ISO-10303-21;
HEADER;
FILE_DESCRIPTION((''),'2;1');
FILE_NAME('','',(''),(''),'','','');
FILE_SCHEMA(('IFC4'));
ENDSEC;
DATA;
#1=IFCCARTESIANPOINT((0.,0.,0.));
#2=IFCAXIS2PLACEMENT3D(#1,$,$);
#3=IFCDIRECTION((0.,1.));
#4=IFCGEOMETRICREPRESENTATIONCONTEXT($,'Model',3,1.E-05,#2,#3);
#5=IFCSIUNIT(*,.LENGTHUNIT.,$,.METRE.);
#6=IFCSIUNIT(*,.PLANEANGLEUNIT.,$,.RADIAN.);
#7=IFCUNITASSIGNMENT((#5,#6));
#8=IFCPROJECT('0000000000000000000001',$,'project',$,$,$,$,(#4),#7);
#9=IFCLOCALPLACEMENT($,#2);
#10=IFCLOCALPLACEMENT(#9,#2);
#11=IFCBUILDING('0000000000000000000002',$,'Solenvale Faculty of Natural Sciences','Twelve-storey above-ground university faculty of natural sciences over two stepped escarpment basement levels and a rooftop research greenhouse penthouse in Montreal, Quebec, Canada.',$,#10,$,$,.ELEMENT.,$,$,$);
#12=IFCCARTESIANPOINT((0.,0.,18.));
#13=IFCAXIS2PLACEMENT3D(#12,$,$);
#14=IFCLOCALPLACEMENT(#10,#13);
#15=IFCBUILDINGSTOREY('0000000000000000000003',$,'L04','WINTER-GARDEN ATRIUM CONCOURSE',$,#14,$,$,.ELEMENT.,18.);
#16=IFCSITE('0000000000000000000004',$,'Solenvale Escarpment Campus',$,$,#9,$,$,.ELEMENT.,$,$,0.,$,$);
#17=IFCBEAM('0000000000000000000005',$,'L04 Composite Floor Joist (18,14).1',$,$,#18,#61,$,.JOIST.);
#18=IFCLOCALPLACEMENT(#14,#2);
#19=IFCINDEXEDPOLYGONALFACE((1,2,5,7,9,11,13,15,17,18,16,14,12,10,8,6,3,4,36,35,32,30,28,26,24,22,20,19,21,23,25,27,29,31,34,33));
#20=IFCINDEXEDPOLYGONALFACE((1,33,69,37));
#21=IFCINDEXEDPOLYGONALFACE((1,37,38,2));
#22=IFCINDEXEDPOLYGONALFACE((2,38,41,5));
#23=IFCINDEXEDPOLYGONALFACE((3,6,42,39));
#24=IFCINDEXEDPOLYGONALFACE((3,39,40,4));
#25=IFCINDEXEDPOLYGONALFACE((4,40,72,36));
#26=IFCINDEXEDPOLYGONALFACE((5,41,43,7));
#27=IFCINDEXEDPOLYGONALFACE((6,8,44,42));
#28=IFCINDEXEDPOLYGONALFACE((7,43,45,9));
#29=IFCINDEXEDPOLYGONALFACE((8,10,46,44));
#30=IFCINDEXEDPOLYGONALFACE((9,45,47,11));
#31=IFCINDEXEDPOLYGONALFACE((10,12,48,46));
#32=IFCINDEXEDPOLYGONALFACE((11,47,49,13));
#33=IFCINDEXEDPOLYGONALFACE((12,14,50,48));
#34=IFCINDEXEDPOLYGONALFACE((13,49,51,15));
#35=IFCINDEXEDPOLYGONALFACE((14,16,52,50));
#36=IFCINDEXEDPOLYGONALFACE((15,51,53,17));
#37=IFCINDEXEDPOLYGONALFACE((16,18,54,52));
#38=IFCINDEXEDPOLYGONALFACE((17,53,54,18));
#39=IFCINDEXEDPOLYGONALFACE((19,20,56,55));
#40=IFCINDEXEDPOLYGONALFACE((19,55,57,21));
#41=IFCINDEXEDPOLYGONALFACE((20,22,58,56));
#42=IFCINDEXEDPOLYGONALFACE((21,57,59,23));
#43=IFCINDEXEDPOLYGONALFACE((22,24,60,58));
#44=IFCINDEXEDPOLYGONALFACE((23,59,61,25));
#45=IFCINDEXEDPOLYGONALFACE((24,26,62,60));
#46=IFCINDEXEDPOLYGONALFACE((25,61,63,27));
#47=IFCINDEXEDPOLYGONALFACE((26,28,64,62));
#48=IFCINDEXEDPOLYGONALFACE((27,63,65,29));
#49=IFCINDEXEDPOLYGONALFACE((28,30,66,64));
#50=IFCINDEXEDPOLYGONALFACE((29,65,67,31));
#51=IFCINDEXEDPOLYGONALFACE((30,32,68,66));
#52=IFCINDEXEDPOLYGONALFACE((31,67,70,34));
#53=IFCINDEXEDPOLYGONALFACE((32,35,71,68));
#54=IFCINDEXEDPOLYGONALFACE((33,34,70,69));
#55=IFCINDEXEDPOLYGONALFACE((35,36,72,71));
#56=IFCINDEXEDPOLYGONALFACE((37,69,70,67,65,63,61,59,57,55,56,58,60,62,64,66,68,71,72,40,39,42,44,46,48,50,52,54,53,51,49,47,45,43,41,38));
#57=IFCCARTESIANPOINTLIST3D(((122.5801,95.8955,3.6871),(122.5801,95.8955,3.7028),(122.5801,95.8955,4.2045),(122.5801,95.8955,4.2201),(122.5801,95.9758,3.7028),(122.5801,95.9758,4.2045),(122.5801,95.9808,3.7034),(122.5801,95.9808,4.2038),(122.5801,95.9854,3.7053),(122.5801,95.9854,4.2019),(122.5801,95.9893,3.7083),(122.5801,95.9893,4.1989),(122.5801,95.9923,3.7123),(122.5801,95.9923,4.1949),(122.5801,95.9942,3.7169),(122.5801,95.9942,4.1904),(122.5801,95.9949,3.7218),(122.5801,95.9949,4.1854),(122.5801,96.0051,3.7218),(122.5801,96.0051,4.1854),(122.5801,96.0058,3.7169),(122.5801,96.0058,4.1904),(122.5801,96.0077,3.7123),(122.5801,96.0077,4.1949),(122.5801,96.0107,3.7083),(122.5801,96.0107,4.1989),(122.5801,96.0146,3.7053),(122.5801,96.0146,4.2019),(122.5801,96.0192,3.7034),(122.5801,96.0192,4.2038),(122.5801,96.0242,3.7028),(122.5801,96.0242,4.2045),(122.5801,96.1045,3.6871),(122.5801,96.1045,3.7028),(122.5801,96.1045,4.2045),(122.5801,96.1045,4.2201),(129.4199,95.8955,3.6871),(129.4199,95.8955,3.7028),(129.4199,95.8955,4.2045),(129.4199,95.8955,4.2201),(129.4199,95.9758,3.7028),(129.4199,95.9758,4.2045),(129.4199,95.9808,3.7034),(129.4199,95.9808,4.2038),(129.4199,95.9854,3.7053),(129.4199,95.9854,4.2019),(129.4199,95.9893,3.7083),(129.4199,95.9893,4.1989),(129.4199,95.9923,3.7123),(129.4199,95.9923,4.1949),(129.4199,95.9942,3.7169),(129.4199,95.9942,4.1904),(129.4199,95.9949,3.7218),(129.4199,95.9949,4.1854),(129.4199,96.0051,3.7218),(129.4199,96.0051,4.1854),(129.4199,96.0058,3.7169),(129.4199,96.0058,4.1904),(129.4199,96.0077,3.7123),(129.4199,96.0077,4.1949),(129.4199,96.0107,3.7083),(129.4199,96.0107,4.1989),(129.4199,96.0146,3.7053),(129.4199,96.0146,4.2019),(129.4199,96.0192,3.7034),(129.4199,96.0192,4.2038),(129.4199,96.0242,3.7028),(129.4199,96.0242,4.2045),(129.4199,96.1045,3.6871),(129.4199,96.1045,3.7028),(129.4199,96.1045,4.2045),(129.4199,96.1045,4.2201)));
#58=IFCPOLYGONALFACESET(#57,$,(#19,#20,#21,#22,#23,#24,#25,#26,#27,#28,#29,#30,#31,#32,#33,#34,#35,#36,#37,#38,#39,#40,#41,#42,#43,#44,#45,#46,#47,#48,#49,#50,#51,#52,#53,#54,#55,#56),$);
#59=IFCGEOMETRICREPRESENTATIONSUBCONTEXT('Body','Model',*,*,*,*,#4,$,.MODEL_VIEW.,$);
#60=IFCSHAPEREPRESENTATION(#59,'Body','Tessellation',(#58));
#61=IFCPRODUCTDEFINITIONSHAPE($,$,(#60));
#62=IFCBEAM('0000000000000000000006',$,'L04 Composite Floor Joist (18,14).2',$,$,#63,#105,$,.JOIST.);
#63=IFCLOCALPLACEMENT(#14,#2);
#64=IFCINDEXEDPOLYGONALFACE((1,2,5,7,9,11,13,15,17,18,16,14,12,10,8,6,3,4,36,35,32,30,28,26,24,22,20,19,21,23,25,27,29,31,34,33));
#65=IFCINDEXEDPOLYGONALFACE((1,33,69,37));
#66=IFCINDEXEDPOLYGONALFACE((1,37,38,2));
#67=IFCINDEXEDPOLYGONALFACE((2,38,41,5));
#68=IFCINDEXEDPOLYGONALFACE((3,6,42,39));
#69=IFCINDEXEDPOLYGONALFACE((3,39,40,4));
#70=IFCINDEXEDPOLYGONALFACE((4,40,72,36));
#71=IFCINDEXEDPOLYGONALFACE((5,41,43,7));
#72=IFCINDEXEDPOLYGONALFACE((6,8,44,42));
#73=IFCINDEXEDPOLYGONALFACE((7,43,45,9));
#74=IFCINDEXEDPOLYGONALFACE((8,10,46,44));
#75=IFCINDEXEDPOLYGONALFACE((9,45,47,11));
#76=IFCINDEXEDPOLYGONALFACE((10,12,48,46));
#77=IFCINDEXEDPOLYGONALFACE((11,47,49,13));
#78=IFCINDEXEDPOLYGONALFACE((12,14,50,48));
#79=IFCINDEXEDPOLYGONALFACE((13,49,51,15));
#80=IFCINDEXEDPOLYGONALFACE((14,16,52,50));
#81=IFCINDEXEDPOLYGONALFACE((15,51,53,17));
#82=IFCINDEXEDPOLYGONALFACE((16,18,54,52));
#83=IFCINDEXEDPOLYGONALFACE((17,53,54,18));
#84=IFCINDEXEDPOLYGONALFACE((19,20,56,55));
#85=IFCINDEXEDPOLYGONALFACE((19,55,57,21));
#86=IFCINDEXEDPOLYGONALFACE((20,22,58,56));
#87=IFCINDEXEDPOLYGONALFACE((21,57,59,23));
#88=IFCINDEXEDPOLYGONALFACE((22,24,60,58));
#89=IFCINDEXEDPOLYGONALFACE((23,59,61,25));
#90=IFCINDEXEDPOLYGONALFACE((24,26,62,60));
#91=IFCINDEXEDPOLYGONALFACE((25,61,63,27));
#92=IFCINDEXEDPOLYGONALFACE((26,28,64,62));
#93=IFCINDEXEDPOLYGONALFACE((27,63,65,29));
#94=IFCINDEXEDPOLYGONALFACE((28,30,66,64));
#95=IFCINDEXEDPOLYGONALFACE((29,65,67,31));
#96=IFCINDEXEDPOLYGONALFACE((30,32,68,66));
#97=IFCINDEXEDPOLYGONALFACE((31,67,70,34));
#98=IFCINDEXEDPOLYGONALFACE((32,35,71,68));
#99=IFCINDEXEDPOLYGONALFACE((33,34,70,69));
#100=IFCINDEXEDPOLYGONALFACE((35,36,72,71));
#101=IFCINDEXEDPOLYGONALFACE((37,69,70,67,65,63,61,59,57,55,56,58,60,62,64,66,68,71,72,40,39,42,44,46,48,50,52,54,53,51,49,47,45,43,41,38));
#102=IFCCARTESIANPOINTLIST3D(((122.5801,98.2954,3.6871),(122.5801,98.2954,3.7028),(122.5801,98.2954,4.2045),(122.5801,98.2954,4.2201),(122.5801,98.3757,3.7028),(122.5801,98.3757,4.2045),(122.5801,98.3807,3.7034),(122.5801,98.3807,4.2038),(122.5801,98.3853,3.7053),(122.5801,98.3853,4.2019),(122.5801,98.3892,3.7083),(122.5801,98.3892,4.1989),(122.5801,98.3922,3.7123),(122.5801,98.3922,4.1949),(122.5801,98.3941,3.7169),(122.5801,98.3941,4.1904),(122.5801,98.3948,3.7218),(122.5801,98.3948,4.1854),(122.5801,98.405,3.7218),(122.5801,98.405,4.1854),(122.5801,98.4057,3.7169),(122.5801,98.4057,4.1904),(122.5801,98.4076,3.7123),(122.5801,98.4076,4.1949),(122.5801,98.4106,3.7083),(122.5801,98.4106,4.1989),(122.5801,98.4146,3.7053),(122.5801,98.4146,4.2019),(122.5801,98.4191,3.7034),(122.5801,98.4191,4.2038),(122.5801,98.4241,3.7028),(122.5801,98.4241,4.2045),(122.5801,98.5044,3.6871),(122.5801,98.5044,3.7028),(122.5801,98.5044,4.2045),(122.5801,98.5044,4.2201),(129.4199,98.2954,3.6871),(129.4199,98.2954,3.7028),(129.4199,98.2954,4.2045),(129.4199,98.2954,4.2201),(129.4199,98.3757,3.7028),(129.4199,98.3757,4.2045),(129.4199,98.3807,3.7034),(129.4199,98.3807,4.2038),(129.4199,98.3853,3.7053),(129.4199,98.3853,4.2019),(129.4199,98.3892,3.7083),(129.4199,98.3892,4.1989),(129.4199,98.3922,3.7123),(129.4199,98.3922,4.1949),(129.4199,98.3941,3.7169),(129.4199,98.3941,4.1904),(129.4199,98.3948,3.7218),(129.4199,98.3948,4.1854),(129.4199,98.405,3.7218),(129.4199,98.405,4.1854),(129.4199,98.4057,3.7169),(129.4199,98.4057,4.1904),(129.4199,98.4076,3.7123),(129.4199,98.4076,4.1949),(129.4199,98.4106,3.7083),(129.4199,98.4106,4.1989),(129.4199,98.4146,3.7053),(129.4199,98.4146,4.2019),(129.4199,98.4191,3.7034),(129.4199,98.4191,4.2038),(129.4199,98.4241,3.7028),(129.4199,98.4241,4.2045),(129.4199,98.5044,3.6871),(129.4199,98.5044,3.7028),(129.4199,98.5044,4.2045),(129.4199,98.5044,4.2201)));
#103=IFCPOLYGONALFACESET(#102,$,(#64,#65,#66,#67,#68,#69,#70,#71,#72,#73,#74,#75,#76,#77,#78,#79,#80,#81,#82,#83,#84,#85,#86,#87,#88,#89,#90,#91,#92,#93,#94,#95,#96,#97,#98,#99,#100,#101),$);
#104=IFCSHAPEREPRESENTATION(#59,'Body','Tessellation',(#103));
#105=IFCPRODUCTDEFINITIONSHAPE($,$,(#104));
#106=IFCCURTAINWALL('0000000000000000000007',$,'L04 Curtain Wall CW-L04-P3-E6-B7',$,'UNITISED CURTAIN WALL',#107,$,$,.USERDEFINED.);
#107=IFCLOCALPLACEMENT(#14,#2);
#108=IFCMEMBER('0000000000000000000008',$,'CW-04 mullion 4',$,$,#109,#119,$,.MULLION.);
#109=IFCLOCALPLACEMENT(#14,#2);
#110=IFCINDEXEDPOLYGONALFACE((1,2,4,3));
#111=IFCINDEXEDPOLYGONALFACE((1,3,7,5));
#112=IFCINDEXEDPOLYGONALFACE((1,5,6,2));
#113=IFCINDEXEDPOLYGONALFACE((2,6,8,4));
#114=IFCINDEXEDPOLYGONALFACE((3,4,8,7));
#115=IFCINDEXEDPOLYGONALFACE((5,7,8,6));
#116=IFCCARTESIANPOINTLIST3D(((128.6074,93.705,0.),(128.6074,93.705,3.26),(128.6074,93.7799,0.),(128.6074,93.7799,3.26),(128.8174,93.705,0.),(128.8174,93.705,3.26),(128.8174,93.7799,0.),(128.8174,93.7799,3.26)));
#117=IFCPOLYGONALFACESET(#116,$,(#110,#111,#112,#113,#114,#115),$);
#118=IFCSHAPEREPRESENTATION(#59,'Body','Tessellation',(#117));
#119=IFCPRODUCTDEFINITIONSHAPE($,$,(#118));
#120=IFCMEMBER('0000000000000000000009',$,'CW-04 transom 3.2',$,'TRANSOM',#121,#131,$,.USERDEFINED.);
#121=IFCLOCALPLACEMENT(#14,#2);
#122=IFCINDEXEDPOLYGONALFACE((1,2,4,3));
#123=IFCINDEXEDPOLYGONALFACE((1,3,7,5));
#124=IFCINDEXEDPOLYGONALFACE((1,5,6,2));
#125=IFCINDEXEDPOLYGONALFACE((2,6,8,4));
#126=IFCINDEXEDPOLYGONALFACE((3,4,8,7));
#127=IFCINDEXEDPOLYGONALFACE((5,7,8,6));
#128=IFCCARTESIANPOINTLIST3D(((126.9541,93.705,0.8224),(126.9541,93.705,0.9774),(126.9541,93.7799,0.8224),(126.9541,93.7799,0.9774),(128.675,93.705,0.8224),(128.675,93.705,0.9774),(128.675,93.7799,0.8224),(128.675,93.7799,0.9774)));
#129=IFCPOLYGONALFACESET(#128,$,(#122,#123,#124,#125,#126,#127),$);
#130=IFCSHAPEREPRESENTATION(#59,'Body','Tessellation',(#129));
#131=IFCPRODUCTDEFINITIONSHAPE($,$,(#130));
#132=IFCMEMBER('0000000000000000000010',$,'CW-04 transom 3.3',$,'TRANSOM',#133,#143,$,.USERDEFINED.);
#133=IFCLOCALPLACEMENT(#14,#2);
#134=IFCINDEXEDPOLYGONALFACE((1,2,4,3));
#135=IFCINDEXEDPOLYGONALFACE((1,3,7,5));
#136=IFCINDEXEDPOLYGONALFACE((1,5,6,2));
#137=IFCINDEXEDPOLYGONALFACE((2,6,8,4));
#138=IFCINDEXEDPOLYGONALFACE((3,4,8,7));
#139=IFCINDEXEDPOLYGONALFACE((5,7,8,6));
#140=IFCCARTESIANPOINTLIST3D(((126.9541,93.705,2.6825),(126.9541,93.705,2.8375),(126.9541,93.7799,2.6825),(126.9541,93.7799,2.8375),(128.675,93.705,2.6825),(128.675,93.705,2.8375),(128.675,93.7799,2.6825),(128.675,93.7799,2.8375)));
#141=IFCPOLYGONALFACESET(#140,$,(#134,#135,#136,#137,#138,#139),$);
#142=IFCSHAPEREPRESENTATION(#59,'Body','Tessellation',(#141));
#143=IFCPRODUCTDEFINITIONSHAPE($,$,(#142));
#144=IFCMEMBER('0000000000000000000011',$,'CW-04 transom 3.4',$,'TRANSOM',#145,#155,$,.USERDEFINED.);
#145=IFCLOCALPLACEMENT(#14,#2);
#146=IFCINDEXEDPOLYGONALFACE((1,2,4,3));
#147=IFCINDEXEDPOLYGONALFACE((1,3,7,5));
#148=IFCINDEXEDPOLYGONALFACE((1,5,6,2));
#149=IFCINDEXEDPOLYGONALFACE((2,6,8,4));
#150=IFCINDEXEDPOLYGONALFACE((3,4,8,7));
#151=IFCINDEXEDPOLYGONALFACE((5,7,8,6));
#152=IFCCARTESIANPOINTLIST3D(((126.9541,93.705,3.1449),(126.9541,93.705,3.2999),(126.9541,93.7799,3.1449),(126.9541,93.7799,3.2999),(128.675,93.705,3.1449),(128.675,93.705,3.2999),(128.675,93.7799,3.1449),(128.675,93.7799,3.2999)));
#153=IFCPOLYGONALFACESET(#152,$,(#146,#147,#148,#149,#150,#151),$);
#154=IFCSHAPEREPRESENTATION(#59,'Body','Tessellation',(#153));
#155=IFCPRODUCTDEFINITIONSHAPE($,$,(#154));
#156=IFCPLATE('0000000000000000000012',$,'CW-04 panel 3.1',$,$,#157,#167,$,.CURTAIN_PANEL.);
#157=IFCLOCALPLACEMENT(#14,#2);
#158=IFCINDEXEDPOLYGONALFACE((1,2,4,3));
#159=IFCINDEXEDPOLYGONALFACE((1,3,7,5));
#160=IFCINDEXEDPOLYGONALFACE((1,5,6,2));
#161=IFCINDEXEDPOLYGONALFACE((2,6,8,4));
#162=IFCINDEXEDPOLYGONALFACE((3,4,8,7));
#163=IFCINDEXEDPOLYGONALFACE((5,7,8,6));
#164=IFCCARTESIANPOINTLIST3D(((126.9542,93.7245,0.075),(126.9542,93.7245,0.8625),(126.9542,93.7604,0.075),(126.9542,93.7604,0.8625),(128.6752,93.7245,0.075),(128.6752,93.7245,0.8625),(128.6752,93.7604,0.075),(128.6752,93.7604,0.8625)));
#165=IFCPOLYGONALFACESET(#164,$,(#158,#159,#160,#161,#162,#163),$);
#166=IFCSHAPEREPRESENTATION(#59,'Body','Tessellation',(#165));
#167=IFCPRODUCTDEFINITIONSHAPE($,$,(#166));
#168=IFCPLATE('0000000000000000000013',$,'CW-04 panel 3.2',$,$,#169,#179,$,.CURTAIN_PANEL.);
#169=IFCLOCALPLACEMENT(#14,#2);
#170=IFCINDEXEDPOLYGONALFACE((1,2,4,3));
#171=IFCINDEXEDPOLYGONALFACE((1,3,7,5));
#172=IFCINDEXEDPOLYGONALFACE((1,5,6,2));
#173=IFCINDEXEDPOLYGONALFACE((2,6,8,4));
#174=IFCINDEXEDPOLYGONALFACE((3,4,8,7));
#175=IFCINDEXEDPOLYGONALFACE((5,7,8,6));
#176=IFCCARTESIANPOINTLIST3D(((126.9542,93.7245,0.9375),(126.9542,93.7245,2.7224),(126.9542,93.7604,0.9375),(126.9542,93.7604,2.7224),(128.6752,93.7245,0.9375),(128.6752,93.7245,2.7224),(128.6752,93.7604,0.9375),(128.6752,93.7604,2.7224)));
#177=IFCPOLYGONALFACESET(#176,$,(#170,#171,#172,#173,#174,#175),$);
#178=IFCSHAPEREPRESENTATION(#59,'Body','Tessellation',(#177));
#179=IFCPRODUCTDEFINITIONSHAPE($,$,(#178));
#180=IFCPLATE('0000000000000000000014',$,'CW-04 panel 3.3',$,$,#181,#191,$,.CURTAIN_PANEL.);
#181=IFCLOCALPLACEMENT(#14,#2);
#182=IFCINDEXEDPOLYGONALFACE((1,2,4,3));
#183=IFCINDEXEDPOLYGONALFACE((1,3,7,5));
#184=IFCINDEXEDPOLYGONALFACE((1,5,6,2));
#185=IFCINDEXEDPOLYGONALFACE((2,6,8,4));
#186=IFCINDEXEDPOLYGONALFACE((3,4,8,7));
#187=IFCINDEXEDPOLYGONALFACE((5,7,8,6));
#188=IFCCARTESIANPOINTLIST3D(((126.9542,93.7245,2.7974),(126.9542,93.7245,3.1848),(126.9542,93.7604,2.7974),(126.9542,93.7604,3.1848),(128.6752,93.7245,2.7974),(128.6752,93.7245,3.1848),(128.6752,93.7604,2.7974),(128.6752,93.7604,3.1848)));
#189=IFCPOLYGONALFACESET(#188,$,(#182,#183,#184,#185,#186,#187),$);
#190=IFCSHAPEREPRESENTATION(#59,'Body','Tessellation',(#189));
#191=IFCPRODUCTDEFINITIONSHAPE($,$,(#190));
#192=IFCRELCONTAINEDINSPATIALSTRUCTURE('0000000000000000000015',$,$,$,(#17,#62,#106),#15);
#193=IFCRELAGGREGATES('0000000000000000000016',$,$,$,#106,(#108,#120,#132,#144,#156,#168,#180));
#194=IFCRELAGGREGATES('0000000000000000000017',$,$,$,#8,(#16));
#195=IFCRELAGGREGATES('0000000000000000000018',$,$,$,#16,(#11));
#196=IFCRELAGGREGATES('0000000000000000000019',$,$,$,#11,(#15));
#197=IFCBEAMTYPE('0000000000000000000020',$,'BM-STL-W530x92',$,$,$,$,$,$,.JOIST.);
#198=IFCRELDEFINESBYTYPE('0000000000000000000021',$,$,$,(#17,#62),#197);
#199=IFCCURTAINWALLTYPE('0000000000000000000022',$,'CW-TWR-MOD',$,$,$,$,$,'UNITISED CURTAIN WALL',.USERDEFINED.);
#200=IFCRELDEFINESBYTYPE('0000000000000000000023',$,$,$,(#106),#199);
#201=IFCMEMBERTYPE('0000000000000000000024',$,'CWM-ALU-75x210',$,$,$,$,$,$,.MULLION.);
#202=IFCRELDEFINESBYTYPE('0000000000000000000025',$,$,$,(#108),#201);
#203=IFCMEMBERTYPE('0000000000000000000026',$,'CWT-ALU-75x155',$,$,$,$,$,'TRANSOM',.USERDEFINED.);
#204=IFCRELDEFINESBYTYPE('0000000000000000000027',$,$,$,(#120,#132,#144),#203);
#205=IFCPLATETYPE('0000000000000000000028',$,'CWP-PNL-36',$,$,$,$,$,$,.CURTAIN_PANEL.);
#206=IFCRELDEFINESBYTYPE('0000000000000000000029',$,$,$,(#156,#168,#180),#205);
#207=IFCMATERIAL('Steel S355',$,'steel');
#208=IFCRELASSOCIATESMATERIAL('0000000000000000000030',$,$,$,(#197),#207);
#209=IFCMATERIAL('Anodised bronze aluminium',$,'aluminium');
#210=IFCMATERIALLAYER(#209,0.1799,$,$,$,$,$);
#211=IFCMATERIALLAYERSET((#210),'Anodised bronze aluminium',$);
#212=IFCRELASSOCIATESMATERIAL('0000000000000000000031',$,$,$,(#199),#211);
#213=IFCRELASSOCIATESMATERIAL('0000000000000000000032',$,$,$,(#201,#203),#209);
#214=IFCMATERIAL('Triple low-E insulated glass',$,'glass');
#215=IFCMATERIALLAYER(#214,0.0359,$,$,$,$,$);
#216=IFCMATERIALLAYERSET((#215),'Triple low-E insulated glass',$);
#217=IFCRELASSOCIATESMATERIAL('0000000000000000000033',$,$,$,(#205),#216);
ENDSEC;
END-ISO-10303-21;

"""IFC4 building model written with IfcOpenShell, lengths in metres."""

from ifc_helpers import new_model, si_unit, direction, frame, origin, origin_2d, place, context, subcontext, project, spatial, rectangle, i_section, extrude, material, layer, layer_set, material_profile, profile_set, type_object, element, aggregate, save


model = new_model("IFC4")

# Units and contexts
model_context = context("Model", 3, precision=1e-05, world=origin(), true_north=direction((0.0, 1.0)))
body_context = subcontext(model_context, "Body", "Model", "MODEL_VIEW")
ifc_project = project(units=[si_unit("LENGTHUNIT", "METRE"), si_unit("PLANEANGLEUNIT", "RADIAN")], contexts=[model_context])

# Site, building, storey
site_placement = place(None, origin())
site = spatial("IfcSite", under=ifc_project, at=site_placement, Name="Solenvale Escarpment Campus", CompositionType="ELEMENT", RefElevation=0.0)
building_placement = place(site_placement, origin())
building = spatial("IfcBuilding", under=site, at=building_placement, Name="Solenvale Faculty of Natural Sciences", Description="Twelve-storey above-ground university faculty of natural sciences over two stepped escarpment basement levels and a rooftop research greenhouse penthouse in Montreal, Quebec, Canada.", CompositionType="ELEMENT")
storey_placement = place(building_placement, frame((0.0, 0.0, 18.0)))
storey = spatial("IfcBuildingStorey", under=building, at=storey_placement, Name="L04", Description="WINTER-GARDEN ATRIUM CONCOURSE", CompositionType="ELEMENT", Elevation=18.0)

# Beams
ifc_material_1 = material(Name="Steel S355", Category="steel")
ifc_material_profile_1 = material_profile(ifc_material_1, i_section(OverallWidth=0.209, OverallDepth=0.533, WebThickness=0.0103, FlangeThickness=0.0156, FilletRadius=0.019, at=origin_2d()), Name="W530x92")
ifc_profile_set_1 = profile_set([ifc_material_profile_1], Name="Steel S355")
beam_type_1 = type_object("IfcBeamType", Name="BM-STL-W530x92", PredefinedType="JOIST", material=ifc_profile_set_1)
for number, where, z_axis, x_axis, name in (
    (1, (122.5801, 96.0, 3.9536), (1.0, 0.0, 0.0), (0.0, 1.0, 0.0), "L04 Composite Floor Joist (18,14).1"),
    (2, (122.5801, 98.3999, 3.9536), (1.0, 0.0, 0.0), (0.0, 1.0, 0.0), "L04 Composite Floor Joist (18,14).2"),
):
    element("IfcBeam", number, at=place(storey_placement, frame(where, z_axis=z_axis, x_axis=x_axis)), inside=storey, type_object=beam_type_1, Name=name, PredefinedType="JOIST", context=body_context, shape_type="SweptSolid", body=[
        extrude(i_section(OverallWidth=0.209, OverallDepth=0.533, WebThickness=0.0103, FlangeThickness=0.0156, FilletRadius=0.019, at=origin_2d()), origin(), (0.0, 0.0, 1.0), 6.8398),
    ])

# Curtain wall, members, plates
ifc_material_2 = material(Name="Anodised bronze aluminium", Category="aluminium")
ifc_layer_1 = layer(ifc_material_2, 0.1799)
ifc_layer_set_1 = layer_set([ifc_layer_1], Name="Anodised bronze aluminium")
curtain_wall_type = type_object("IfcCurtainWallType", Name="CW-TWR-MOD", ElementType="UNITISED CURTAIN WALL", PredefinedType="USERDEFINED", material=ifc_layer_set_1)
curtain_wall_placement = place(storey_placement, origin())
curtain_wall = element("IfcCurtainWall", 3, at=curtain_wall_placement, inside=storey, type_object=curtain_wall_type, Name="L04 Curtain Wall CW-L04-P3-E6-B7", ObjectType="UNITISED CURTAIN WALL", PredefinedType="USERDEFINED")
ifc_material_profile_2 = material_profile(ifc_material_2, rectangle(XDim=0.075, YDim=0.21, at=origin_2d()), Name="ALU-MUL-75x210")
ifc_profile_set_2 = profile_set([ifc_material_profile_2], Name="Anodised bronze aluminium")
member_type_1 = type_object("IfcMemberType", Name="CWM-ALU-75x210", PredefinedType="MULLION", material=ifc_profile_set_2)
member_1_placement = place(storey_placement, frame((128.7124, 93.7424, 0.0), z_axis=(0.0, 0.0, 1.0), x_axis=(0.0, 1.0, 0.0)))
member_1 = element("IfcMember", 4, at=member_1_placement, type_object=member_type_1, Name="CW-04 mullion 4", PredefinedType="MULLION", context=body_context, shape_type="SweptSolid", body=[
    extrude(rectangle(XDim=0.075, YDim=0.21, at=origin_2d()), origin(), (0.0, 0.0, 1.0), 3.26),
])
ifc_material_profile_3 = material_profile(ifc_material_2, rectangle(XDim=0.075, YDim=0.155, at=origin_2d()), Name="ALU-TRN-75x155")
ifc_profile_set_3 = profile_set([ifc_material_profile_3], Name="Anodised bronze aluminium")
member_type_2 = type_object("IfcMemberType", Name="CWT-ALU-75x155", ElementType="TRANSOM", PredefinedType="USERDEFINED", material=ifc_profile_set_3)
member_2_placement = place(storey_placement, frame((126.9541, 93.7424, 0.8999), z_axis=(1.0, 0.0, 0.0), x_axis=(0.0, 1.0, 0.0)))
member_2 = element("IfcMember", 5, at=member_2_placement, type_object=member_type_2, Name="CW-04 transom 3.2", ObjectType="TRANSOM", PredefinedType="USERDEFINED", context=body_context, shape_type="SweptSolid", body=[
    extrude(rectangle(XDim=0.075, YDim=0.155, at=origin_2d()), origin(), (0.0, 0.0, 1.0), 1.7209),
])
member_3_placement = place(storey_placement, frame((126.9541, 93.7424, 2.76), z_axis=(1.0, 0.0, 0.0), x_axis=(0.0, 1.0, 0.0)))
member_3 = element("IfcMember", 6, at=member_3_placement, type_object=member_type_2, Name="CW-04 transom 3.3", ObjectType="TRANSOM", PredefinedType="USERDEFINED", context=body_context, shape_type="SweptSolid", body=[
    extrude(rectangle(XDim=0.075, YDim=0.155, at=origin_2d()), origin(), (0.0, 0.0, 1.0), 1.7209),
])
member_4_placement = place(storey_placement, frame((126.9541, 93.7424, 3.2224), z_axis=(1.0, 0.0, 0.0), x_axis=(0.0, 1.0, 0.0)))
member_4 = element("IfcMember", 7, at=member_4_placement, type_object=member_type_2, Name="CW-04 transom 3.4", ObjectType="TRANSOM", PredefinedType="USERDEFINED", context=body_context, shape_type="SweptSolid", body=[
    extrude(rectangle(XDim=0.075, YDim=0.155, at=origin_2d()), origin(), (0.0, 0.0, 1.0), 1.7209),
])
ifc_material_3 = material(Name="Triple low-E insulated glass", Category="glass")
ifc_layer_2 = layer(ifc_material_3, 0.0359)
ifc_layer_set_2 = layer_set([ifc_layer_2], Name="Triple low-E insulated glass")
plate_type = type_object("IfcPlateType", Name="CWP-PNL-36", PredefinedType="CURTAIN_PANEL", material=ifc_layer_set_2)
plate_1_placement = place(storey_placement, frame((127.8147, 93.7424, 0.075), z_axis=(0.0, 0.0, 1.0), x_axis=(1.0, 0.0, 0.0)))
plate_1 = element("IfcPlate", 8, at=plate_1_placement, type_object=plate_type, Name="CW-04 panel 3.1", PredefinedType="CURTAIN_PANEL", context=body_context, shape_type="SweptSolid", body=[
    extrude(rectangle(XDim=1.7209, YDim=0.0359, at=origin_2d()), origin(), (0.0, 0.0, 1.0), 0.7876),
])
plate_2_placement = place(storey_placement, frame((127.8147, 93.7424, 0.9375), z_axis=(0.0, 0.0, 1.0), x_axis=(1.0, 0.0, 0.0)))
plate_2 = element("IfcPlate", 9, at=plate_2_placement, type_object=plate_type, Name="CW-04 panel 3.2", PredefinedType="CURTAIN_PANEL", context=body_context, shape_type="SweptSolid", body=[
    extrude(rectangle(XDim=1.7209, YDim=0.0359, at=origin_2d()), origin(), (0.0, 0.0, 1.0), 1.7849),
])
plate_3_placement = place(storey_placement, frame((127.8147, 93.7424, 2.7974), z_axis=(0.0, 0.0, 1.0), x_axis=(1.0, 0.0, 0.0)))
plate_3 = element("IfcPlate", 10, at=plate_3_placement, type_object=plate_type, Name="CW-04 panel 3.3", PredefinedType="CURTAIN_PANEL", context=body_context, shape_type="SweptSolid", body=[
    extrude(rectangle(XDim=1.7209, YDim=0.0359, at=origin_2d()), origin(), (0.0, 0.0, 1.0), 0.3875),
])
aggregate(curtain_wall, [member_1, member_2, member_3, member_4, plate_1, plate_2, plate_3])

save(model, "model.ifc")
